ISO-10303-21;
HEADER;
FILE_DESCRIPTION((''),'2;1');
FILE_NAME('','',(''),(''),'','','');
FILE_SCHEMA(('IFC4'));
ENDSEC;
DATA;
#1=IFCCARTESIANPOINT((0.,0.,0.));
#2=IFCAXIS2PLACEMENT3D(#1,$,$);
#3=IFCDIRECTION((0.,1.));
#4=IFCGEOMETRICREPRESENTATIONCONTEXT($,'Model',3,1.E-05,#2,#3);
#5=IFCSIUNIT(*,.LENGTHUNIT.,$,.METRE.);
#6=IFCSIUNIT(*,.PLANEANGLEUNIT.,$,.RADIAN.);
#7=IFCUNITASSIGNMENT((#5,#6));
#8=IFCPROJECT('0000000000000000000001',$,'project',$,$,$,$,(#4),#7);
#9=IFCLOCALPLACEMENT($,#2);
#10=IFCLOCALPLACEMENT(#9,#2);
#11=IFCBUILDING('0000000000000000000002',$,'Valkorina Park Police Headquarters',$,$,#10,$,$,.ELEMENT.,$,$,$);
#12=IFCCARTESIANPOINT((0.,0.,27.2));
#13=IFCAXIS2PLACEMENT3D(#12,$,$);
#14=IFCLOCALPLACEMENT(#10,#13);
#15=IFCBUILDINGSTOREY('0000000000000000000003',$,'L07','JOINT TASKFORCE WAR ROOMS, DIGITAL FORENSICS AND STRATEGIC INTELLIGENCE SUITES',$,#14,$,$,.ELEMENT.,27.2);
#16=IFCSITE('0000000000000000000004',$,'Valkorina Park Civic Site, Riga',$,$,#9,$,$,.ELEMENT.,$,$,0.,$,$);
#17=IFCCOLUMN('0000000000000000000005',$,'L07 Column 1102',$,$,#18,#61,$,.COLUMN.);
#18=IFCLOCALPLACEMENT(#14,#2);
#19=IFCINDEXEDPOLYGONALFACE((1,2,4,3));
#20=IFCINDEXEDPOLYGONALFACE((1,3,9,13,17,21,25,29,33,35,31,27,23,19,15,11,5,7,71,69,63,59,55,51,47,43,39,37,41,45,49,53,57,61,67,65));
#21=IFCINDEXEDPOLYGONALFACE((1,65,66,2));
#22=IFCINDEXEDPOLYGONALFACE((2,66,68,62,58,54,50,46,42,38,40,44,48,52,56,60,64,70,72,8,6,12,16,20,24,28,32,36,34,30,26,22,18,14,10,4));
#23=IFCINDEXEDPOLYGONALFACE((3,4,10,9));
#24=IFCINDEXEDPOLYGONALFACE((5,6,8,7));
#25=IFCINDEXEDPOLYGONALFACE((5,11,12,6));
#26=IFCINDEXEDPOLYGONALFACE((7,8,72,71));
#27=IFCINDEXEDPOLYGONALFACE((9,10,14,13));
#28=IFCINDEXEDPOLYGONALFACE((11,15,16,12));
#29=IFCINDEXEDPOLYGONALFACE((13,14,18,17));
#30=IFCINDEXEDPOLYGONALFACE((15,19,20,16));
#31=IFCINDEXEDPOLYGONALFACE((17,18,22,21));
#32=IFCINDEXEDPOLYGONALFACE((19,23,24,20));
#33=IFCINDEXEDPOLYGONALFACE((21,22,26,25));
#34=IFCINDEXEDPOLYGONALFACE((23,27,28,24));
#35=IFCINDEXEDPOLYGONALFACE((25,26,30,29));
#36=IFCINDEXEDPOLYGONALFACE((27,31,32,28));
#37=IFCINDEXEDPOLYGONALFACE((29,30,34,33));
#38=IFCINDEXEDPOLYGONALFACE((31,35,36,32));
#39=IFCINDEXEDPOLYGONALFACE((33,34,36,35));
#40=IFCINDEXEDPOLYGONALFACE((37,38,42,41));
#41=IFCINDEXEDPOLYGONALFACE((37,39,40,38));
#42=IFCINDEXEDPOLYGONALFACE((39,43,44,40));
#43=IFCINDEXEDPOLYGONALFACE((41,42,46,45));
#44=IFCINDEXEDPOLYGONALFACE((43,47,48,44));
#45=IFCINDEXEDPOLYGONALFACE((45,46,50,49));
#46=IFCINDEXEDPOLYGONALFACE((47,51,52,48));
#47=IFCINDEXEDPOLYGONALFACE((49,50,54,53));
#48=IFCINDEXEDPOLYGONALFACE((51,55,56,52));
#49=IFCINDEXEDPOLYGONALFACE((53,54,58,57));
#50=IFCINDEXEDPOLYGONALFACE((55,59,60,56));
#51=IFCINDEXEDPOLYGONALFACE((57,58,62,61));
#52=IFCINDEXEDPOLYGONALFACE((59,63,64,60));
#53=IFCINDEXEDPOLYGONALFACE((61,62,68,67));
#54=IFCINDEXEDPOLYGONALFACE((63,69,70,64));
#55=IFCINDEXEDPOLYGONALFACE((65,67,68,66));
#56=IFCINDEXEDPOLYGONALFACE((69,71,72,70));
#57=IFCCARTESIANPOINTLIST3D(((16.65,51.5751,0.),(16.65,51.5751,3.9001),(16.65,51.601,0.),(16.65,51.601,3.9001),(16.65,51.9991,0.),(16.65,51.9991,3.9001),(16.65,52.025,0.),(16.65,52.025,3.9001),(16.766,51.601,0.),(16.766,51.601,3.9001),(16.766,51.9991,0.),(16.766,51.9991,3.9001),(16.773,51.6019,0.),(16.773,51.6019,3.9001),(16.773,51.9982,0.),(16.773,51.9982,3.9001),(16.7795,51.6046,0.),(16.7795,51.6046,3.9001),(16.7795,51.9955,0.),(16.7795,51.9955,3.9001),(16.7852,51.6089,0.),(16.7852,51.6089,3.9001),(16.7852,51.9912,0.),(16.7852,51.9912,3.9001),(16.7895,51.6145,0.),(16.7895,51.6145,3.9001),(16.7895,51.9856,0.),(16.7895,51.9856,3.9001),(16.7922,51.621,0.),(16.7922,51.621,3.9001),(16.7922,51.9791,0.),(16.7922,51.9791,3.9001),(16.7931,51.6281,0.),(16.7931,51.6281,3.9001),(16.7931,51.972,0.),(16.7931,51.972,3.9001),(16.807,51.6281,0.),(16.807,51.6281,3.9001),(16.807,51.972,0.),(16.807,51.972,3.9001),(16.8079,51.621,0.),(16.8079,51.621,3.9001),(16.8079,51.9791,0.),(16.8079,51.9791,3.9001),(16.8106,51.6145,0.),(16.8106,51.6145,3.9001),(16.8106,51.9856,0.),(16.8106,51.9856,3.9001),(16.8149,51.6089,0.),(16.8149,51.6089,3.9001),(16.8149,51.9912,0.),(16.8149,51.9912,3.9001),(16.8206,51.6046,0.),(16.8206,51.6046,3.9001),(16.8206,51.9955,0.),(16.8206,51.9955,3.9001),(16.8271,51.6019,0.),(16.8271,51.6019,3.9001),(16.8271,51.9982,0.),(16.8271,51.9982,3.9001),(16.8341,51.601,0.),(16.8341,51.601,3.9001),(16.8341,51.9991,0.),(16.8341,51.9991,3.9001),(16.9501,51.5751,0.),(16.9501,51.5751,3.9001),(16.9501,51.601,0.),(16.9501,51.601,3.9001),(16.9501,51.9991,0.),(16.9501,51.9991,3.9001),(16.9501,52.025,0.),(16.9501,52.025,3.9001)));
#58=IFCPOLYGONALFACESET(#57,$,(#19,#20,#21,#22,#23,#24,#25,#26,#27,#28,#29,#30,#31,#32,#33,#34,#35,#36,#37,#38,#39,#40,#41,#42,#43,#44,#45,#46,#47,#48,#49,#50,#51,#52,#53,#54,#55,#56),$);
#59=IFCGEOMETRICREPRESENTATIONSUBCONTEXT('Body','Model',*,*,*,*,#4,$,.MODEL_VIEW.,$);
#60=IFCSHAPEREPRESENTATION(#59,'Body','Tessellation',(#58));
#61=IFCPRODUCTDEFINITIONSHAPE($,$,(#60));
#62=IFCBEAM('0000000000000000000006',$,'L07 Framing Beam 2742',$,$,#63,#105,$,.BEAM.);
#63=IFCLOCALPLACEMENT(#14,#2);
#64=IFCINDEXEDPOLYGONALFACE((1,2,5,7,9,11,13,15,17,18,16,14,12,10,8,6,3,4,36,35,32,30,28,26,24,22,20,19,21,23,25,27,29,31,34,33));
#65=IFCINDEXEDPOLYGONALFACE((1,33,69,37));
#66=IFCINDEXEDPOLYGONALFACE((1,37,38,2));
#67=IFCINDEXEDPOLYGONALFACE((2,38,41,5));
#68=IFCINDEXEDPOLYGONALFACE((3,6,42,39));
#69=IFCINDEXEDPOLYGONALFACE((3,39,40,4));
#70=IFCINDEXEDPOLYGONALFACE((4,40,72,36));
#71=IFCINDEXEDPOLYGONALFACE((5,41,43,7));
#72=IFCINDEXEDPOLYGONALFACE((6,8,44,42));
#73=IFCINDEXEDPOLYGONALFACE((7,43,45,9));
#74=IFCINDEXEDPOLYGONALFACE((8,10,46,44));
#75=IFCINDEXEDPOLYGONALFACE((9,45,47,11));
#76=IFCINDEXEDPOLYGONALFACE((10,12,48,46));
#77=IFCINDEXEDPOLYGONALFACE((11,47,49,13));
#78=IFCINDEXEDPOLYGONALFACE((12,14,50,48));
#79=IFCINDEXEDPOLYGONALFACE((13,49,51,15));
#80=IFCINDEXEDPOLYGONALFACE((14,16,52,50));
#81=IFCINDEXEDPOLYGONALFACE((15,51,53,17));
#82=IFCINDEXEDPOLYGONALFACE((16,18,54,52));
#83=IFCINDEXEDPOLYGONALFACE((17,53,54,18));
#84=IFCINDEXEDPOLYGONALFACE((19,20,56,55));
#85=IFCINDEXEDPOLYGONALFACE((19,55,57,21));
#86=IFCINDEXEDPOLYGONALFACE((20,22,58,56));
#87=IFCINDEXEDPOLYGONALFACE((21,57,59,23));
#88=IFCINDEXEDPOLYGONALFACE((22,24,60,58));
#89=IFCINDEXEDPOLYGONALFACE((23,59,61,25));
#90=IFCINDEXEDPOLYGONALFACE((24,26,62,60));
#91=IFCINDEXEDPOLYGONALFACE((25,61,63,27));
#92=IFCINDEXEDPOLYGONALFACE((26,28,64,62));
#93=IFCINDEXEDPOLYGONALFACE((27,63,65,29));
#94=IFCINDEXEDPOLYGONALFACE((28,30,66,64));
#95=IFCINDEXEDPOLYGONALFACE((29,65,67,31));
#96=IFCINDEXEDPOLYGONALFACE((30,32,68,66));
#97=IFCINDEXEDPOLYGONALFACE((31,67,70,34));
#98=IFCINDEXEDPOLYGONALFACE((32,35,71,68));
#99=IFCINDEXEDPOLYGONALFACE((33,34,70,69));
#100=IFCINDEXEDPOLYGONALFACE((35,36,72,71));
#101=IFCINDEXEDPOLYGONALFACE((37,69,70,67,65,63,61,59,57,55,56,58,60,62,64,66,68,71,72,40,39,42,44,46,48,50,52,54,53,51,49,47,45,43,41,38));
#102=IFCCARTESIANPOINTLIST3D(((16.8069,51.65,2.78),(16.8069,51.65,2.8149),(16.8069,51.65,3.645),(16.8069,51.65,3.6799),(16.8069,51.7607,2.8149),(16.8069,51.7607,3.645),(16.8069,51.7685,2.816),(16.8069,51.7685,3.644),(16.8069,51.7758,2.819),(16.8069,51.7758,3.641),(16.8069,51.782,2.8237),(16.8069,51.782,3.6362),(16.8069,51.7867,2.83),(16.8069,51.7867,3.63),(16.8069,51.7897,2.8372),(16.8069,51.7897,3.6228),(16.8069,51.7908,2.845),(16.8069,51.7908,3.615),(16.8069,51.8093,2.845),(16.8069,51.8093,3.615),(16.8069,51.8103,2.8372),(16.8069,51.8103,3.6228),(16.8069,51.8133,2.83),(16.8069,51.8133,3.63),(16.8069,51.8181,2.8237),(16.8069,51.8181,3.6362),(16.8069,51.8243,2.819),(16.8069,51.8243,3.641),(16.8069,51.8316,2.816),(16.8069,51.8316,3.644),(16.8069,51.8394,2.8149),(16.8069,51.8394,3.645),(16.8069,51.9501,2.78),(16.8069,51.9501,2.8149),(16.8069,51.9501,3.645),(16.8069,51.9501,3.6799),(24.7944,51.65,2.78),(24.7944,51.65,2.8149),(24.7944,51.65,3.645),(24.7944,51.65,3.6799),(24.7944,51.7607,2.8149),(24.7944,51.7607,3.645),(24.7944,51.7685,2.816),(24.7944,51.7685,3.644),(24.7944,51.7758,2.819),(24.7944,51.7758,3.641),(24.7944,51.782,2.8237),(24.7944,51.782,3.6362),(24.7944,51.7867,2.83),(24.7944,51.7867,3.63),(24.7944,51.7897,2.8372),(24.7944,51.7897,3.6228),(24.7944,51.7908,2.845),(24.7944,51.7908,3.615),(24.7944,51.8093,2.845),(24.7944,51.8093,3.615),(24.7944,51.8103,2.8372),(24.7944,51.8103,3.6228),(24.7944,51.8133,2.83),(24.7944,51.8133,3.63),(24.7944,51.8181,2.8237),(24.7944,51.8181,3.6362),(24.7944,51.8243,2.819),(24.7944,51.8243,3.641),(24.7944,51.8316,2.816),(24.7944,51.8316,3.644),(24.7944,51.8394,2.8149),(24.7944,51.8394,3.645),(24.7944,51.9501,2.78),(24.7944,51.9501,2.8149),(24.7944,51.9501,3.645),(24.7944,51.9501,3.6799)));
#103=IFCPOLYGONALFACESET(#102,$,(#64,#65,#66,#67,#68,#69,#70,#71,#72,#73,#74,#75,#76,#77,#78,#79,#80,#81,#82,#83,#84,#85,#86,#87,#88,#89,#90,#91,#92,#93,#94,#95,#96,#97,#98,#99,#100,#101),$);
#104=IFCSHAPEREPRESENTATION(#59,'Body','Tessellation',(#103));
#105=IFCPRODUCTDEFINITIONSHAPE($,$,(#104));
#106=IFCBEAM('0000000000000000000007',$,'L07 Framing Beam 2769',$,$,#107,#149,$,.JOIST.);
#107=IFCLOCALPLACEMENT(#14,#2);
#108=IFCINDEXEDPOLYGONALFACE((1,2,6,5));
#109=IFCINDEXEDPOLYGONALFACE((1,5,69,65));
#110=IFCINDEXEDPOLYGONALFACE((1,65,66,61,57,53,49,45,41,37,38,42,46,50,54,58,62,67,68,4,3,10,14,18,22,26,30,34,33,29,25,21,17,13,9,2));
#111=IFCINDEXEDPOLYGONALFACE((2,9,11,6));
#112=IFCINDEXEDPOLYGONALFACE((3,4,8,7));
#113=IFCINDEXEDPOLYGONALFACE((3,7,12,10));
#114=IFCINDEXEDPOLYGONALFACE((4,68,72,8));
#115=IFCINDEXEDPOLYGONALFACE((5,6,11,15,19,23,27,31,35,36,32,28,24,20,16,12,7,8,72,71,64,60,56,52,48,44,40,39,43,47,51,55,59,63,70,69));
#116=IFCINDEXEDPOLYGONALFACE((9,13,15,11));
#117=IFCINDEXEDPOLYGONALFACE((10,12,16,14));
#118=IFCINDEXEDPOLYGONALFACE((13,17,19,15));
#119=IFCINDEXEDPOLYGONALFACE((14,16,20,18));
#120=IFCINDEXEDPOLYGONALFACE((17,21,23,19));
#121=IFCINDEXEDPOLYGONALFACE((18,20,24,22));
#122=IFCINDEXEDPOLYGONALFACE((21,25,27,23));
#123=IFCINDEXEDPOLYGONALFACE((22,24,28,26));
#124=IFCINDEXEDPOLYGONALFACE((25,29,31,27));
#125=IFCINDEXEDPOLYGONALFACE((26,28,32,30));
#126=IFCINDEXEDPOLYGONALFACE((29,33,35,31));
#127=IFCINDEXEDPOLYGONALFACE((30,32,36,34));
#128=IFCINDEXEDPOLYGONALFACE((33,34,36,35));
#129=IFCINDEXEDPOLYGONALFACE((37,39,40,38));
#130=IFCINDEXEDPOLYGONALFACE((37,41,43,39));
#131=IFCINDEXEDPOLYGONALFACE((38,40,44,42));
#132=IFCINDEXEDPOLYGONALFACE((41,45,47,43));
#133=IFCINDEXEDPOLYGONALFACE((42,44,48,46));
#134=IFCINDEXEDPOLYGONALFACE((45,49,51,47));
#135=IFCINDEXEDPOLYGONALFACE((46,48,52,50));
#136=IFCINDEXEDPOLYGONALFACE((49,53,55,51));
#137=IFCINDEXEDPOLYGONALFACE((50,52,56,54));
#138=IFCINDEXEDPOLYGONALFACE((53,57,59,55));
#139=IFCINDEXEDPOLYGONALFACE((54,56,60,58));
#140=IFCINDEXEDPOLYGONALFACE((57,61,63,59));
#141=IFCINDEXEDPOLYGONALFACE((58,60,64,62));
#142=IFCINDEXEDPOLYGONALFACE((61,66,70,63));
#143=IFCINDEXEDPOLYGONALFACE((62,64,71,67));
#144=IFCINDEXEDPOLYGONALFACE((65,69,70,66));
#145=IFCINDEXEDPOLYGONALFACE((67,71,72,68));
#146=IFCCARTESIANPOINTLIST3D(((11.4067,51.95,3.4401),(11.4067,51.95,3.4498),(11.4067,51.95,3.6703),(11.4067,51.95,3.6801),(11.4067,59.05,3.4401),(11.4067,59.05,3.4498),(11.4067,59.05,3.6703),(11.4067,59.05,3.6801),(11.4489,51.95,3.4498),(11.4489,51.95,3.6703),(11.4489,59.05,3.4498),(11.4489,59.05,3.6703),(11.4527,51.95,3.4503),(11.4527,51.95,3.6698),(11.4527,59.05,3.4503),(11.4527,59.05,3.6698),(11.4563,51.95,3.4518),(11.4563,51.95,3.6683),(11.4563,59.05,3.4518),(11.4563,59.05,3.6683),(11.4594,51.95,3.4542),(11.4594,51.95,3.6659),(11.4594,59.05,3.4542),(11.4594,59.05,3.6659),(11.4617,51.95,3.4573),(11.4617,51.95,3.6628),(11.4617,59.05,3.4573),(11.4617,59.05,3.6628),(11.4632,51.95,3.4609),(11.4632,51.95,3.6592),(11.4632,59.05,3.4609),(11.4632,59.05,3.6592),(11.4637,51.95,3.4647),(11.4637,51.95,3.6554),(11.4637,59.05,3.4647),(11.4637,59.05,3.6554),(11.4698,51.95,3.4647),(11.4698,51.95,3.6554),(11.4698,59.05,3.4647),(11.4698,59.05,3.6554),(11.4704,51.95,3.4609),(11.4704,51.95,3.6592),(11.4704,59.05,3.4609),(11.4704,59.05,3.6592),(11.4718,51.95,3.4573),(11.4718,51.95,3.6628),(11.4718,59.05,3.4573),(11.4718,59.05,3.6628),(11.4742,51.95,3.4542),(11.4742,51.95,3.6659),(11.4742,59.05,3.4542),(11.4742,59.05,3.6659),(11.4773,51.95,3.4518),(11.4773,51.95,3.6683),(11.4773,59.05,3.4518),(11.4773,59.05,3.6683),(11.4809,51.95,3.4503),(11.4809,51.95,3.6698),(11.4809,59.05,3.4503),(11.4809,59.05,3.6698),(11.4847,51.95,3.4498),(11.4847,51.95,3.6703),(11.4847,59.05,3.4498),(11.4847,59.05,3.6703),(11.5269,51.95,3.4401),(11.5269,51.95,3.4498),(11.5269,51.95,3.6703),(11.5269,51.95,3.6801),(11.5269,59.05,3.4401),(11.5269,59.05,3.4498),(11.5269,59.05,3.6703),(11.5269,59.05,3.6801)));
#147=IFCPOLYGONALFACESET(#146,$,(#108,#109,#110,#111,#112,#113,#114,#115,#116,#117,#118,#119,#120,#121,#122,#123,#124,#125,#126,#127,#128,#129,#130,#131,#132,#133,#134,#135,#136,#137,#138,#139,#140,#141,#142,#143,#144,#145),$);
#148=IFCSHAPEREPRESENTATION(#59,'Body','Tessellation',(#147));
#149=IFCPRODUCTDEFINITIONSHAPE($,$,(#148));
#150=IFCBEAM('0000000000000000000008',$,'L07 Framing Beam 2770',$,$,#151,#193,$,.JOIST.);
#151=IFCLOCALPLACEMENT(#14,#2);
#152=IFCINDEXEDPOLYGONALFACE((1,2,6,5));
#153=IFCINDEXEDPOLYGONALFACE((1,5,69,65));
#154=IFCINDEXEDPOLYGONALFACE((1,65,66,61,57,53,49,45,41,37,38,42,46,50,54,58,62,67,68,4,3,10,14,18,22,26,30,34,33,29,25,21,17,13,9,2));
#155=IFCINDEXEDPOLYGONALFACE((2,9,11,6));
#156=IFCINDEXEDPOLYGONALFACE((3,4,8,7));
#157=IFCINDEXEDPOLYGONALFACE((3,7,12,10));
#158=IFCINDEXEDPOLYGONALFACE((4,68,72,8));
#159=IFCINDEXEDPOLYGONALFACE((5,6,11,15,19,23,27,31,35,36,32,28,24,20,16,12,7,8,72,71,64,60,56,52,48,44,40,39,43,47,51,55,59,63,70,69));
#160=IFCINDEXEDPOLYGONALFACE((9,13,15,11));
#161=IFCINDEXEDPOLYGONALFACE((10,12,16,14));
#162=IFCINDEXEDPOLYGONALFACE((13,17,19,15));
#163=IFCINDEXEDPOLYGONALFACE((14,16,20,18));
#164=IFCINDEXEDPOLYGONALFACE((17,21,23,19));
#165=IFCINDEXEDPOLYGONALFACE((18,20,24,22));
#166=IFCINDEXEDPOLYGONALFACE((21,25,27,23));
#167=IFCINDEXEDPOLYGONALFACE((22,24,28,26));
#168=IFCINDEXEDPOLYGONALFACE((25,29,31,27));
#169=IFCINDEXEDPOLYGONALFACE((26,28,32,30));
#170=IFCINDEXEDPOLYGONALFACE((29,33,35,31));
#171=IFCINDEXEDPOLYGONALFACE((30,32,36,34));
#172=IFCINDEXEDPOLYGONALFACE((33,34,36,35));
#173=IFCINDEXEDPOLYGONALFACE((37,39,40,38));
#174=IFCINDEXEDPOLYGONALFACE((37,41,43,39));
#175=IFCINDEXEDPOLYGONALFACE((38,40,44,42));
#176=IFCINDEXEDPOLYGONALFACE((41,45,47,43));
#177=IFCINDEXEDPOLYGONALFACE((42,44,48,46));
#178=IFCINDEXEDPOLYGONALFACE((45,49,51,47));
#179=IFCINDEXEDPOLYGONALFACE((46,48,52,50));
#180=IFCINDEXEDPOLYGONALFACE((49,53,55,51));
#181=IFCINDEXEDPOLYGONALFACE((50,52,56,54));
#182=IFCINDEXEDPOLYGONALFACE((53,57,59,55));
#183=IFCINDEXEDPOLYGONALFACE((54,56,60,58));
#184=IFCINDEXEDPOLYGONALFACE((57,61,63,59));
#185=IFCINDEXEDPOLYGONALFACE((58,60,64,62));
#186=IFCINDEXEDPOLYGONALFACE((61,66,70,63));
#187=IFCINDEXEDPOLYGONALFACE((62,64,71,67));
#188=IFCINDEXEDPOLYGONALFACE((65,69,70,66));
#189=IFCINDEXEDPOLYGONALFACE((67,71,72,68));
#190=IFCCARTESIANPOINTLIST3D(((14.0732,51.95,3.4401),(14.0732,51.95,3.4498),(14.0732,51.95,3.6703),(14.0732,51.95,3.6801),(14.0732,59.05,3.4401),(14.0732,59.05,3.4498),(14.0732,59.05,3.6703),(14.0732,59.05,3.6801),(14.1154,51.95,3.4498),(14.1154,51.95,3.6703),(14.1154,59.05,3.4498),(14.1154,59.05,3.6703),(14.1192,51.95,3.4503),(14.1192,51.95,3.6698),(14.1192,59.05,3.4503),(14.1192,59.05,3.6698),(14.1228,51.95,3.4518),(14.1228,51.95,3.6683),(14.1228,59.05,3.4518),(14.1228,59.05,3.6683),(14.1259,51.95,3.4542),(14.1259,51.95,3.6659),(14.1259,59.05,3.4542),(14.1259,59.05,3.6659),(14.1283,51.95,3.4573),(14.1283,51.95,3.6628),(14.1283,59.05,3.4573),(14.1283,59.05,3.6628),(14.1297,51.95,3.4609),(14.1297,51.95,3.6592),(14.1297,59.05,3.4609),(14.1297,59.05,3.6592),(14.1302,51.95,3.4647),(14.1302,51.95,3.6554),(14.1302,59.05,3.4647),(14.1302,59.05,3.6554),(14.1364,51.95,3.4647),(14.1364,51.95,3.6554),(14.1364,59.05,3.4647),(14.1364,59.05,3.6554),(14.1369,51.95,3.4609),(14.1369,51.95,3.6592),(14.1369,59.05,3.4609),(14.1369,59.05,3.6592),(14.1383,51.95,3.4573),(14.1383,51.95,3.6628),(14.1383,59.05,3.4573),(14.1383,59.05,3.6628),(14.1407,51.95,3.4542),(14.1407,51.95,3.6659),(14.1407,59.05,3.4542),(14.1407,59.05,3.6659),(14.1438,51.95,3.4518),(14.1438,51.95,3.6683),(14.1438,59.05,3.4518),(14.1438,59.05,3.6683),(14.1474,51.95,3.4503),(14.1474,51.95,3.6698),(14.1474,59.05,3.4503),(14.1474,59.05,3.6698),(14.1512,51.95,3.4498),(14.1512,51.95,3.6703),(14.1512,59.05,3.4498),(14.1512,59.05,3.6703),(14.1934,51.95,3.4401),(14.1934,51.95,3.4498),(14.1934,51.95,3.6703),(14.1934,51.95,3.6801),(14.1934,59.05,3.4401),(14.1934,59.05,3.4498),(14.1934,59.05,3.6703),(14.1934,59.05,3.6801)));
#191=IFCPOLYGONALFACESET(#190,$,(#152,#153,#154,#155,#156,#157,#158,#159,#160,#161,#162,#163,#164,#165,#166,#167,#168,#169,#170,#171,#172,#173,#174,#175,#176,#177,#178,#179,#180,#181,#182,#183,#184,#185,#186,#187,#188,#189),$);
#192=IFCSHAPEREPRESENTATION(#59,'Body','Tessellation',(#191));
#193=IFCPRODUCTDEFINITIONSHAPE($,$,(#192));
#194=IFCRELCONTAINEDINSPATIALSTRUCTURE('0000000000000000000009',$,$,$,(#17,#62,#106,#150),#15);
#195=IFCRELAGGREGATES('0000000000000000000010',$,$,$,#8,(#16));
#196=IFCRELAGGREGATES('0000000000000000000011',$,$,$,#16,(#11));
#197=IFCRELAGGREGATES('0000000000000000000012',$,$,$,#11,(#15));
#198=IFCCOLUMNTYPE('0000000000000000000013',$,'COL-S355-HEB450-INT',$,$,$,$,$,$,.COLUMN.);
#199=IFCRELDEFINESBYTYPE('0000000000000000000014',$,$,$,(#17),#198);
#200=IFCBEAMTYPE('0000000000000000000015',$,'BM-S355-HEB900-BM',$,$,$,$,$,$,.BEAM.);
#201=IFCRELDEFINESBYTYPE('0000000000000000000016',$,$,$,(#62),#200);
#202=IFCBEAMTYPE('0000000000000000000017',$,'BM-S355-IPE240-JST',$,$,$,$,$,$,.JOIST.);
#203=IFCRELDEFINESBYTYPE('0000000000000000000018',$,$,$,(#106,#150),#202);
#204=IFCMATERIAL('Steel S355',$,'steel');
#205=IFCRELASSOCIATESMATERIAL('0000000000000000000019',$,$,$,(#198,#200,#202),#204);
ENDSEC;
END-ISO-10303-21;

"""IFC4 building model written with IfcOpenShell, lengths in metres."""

from ifc_helpers import new_model, si_unit, direction, frame, origin, origin_2d, place, context, subcontext, project, spatial, i_section, extrude, material, material_profile, profile_set, type_object, element, save


model = new_model("IFC4")

# Units and contexts
model_context = context("Model", 3, precision=1e-05, world=origin(), true_north=direction((0.0, 1.0)))
body_context = subcontext(model_context, "Body", "Model", "MODEL_VIEW")
ifc_project = project(units=[si_unit("LENGTHUNIT", "METRE"), si_unit("PLANEANGLEUNIT", "RADIAN")], contexts=[model_context])

# Site, building, storey
site_placement = place(None, origin())
site = spatial("IfcSite", under=ifc_project, at=site_placement, Name="Valkorina Park Civic Site, Riga", CompositionType="ELEMENT", RefElevation=0.0)
building_placement = place(site_placement, origin())
building = spatial("IfcBuilding", under=site, at=building_placement, Name="Valkorina Park Police Headquarters", CompositionType="ELEMENT")
storey_placement = place(building_placement, frame((0.0, 0.0, 27.2)))
storey = spatial("IfcBuildingStorey", under=building, at=storey_placement, Name="L07", Description="JOINT TASKFORCE WAR ROOMS, DIGITAL FORENSICS AND STRATEGIC INTELLIGENCE SUITES", CompositionType="ELEMENT", Elevation=27.2)

# Column
ifc_material_1 = material(Name="Steel S355", Category="steel")
ifc_material_profile_1 = material_profile(ifc_material_1, i_section(OverallWidth=0.3, OverallDepth=0.45, WebThickness=0.0139, FlangeThickness=0.0259, FilletRadius=0.0271, at=origin_2d()), Name="HEB 450")
ifc_profile_set_1 = profile_set([ifc_material_profile_1], Name="Steel S355")
column_type = type_object("IfcColumnType", Name="COL-S355-HEB450-INT", PredefinedType="COLUMN", material=ifc_profile_set_1)
column_placement = place(storey_placement, frame((16.8, 51.8, 0.0), z_axis=(0.0, 0.0, 1.0), x_axis=(1.0, 0.0, 0.0)))
element("IfcColumn", 1, at=column_placement, inside=storey, type_object=column_type, Name="L07 Column 1102", PredefinedType="COLUMN", context=body_context, shape_type="SweptSolid", body=[
    extrude(i_section(OverallWidth=0.3, OverallDepth=0.45, WebThickness=0.0139, FlangeThickness=0.0259, FilletRadius=0.0271, at=origin_2d()), origin(), (0.0, 0.0, 1.0), 3.9001),
])

# Beams
ifc_material_profile_2 = material_profile(ifc_material_1, i_section(OverallWidth=0.3, OverallDepth=0.8999, WebThickness=0.0186, FlangeThickness=0.0349, FilletRadius=0.03, at=origin_2d()), Name="HEB 900")
ifc_profile_set_2 = profile_set([ifc_material_profile_2], Name="Steel S355")
beam_type_1 = type_object("IfcBeamType", Name="BM-S355-HEB900-BM", PredefinedType="BEAM", material=ifc_profile_set_2)
beam_1_placement = place(storey_placement, frame((16.8069, 51.8, 3.23), z_axis=(1.0, 0.0, 0.0), x_axis=(0.0, 1.0, 0.0)))
element("IfcBeam", 2, at=beam_1_placement, inside=storey, type_object=beam_type_1, Name="L07 Framing Beam 2742", PredefinedType="BEAM", context=body_context, shape_type="SweptSolid", body=[
    extrude(i_section(OverallWidth=0.3, OverallDepth=0.8999, WebThickness=0.0186, FlangeThickness=0.0349, FilletRadius=0.03, at=origin_2d()), origin(), (0.0, 0.0, 1.0), 7.9875),
])
ifc_material_profile_3 = material_profile(ifc_material_1, i_section(OverallWidth=0.1201, OverallDepth=0.24, WebThickness=0.0061, FlangeThickness=0.0098, FilletRadius=0.0149, at=origin_2d()), Name="IPE 240")
ifc_profile_set_3 = profile_set([ifc_material_profile_3], Name="Steel S355")
beam_type_2 = type_object("IfcBeamType", Name="BM-S355-IPE240-JST", PredefinedType="JOIST", material=ifc_profile_set_3)
for number, where, z_axis, x_axis, name in (
    (3, (11.4668, 51.95, 3.5601), (0.0, 1.0, 0.0), (-1.0, 0.0, 0.0), "L07 Framing Beam 2769"),
    (4, (14.1333, 51.95, 3.5601), (0.0, 1.0, 0.0), (-1.0, 0.0, 0.0), "L07 Framing Beam 2770"),
):
    element("IfcBeam", number, at=place(storey_placement, frame(where, z_axis=z_axis, x_axis=x_axis)), inside=storey, type_object=beam_type_2, Name=name, PredefinedType="JOIST", context=body_context, shape_type="SweptSolid", body=[
        extrude(i_section(OverallWidth=0.1201, OverallDepth=0.24, WebThickness=0.0061, FlangeThickness=0.0098, FilletRadius=0.0149, at=origin_2d()), origin(), (0.0, 0.0, 1.0), 7.1001),
    ])

save(model, "model.ifc")
